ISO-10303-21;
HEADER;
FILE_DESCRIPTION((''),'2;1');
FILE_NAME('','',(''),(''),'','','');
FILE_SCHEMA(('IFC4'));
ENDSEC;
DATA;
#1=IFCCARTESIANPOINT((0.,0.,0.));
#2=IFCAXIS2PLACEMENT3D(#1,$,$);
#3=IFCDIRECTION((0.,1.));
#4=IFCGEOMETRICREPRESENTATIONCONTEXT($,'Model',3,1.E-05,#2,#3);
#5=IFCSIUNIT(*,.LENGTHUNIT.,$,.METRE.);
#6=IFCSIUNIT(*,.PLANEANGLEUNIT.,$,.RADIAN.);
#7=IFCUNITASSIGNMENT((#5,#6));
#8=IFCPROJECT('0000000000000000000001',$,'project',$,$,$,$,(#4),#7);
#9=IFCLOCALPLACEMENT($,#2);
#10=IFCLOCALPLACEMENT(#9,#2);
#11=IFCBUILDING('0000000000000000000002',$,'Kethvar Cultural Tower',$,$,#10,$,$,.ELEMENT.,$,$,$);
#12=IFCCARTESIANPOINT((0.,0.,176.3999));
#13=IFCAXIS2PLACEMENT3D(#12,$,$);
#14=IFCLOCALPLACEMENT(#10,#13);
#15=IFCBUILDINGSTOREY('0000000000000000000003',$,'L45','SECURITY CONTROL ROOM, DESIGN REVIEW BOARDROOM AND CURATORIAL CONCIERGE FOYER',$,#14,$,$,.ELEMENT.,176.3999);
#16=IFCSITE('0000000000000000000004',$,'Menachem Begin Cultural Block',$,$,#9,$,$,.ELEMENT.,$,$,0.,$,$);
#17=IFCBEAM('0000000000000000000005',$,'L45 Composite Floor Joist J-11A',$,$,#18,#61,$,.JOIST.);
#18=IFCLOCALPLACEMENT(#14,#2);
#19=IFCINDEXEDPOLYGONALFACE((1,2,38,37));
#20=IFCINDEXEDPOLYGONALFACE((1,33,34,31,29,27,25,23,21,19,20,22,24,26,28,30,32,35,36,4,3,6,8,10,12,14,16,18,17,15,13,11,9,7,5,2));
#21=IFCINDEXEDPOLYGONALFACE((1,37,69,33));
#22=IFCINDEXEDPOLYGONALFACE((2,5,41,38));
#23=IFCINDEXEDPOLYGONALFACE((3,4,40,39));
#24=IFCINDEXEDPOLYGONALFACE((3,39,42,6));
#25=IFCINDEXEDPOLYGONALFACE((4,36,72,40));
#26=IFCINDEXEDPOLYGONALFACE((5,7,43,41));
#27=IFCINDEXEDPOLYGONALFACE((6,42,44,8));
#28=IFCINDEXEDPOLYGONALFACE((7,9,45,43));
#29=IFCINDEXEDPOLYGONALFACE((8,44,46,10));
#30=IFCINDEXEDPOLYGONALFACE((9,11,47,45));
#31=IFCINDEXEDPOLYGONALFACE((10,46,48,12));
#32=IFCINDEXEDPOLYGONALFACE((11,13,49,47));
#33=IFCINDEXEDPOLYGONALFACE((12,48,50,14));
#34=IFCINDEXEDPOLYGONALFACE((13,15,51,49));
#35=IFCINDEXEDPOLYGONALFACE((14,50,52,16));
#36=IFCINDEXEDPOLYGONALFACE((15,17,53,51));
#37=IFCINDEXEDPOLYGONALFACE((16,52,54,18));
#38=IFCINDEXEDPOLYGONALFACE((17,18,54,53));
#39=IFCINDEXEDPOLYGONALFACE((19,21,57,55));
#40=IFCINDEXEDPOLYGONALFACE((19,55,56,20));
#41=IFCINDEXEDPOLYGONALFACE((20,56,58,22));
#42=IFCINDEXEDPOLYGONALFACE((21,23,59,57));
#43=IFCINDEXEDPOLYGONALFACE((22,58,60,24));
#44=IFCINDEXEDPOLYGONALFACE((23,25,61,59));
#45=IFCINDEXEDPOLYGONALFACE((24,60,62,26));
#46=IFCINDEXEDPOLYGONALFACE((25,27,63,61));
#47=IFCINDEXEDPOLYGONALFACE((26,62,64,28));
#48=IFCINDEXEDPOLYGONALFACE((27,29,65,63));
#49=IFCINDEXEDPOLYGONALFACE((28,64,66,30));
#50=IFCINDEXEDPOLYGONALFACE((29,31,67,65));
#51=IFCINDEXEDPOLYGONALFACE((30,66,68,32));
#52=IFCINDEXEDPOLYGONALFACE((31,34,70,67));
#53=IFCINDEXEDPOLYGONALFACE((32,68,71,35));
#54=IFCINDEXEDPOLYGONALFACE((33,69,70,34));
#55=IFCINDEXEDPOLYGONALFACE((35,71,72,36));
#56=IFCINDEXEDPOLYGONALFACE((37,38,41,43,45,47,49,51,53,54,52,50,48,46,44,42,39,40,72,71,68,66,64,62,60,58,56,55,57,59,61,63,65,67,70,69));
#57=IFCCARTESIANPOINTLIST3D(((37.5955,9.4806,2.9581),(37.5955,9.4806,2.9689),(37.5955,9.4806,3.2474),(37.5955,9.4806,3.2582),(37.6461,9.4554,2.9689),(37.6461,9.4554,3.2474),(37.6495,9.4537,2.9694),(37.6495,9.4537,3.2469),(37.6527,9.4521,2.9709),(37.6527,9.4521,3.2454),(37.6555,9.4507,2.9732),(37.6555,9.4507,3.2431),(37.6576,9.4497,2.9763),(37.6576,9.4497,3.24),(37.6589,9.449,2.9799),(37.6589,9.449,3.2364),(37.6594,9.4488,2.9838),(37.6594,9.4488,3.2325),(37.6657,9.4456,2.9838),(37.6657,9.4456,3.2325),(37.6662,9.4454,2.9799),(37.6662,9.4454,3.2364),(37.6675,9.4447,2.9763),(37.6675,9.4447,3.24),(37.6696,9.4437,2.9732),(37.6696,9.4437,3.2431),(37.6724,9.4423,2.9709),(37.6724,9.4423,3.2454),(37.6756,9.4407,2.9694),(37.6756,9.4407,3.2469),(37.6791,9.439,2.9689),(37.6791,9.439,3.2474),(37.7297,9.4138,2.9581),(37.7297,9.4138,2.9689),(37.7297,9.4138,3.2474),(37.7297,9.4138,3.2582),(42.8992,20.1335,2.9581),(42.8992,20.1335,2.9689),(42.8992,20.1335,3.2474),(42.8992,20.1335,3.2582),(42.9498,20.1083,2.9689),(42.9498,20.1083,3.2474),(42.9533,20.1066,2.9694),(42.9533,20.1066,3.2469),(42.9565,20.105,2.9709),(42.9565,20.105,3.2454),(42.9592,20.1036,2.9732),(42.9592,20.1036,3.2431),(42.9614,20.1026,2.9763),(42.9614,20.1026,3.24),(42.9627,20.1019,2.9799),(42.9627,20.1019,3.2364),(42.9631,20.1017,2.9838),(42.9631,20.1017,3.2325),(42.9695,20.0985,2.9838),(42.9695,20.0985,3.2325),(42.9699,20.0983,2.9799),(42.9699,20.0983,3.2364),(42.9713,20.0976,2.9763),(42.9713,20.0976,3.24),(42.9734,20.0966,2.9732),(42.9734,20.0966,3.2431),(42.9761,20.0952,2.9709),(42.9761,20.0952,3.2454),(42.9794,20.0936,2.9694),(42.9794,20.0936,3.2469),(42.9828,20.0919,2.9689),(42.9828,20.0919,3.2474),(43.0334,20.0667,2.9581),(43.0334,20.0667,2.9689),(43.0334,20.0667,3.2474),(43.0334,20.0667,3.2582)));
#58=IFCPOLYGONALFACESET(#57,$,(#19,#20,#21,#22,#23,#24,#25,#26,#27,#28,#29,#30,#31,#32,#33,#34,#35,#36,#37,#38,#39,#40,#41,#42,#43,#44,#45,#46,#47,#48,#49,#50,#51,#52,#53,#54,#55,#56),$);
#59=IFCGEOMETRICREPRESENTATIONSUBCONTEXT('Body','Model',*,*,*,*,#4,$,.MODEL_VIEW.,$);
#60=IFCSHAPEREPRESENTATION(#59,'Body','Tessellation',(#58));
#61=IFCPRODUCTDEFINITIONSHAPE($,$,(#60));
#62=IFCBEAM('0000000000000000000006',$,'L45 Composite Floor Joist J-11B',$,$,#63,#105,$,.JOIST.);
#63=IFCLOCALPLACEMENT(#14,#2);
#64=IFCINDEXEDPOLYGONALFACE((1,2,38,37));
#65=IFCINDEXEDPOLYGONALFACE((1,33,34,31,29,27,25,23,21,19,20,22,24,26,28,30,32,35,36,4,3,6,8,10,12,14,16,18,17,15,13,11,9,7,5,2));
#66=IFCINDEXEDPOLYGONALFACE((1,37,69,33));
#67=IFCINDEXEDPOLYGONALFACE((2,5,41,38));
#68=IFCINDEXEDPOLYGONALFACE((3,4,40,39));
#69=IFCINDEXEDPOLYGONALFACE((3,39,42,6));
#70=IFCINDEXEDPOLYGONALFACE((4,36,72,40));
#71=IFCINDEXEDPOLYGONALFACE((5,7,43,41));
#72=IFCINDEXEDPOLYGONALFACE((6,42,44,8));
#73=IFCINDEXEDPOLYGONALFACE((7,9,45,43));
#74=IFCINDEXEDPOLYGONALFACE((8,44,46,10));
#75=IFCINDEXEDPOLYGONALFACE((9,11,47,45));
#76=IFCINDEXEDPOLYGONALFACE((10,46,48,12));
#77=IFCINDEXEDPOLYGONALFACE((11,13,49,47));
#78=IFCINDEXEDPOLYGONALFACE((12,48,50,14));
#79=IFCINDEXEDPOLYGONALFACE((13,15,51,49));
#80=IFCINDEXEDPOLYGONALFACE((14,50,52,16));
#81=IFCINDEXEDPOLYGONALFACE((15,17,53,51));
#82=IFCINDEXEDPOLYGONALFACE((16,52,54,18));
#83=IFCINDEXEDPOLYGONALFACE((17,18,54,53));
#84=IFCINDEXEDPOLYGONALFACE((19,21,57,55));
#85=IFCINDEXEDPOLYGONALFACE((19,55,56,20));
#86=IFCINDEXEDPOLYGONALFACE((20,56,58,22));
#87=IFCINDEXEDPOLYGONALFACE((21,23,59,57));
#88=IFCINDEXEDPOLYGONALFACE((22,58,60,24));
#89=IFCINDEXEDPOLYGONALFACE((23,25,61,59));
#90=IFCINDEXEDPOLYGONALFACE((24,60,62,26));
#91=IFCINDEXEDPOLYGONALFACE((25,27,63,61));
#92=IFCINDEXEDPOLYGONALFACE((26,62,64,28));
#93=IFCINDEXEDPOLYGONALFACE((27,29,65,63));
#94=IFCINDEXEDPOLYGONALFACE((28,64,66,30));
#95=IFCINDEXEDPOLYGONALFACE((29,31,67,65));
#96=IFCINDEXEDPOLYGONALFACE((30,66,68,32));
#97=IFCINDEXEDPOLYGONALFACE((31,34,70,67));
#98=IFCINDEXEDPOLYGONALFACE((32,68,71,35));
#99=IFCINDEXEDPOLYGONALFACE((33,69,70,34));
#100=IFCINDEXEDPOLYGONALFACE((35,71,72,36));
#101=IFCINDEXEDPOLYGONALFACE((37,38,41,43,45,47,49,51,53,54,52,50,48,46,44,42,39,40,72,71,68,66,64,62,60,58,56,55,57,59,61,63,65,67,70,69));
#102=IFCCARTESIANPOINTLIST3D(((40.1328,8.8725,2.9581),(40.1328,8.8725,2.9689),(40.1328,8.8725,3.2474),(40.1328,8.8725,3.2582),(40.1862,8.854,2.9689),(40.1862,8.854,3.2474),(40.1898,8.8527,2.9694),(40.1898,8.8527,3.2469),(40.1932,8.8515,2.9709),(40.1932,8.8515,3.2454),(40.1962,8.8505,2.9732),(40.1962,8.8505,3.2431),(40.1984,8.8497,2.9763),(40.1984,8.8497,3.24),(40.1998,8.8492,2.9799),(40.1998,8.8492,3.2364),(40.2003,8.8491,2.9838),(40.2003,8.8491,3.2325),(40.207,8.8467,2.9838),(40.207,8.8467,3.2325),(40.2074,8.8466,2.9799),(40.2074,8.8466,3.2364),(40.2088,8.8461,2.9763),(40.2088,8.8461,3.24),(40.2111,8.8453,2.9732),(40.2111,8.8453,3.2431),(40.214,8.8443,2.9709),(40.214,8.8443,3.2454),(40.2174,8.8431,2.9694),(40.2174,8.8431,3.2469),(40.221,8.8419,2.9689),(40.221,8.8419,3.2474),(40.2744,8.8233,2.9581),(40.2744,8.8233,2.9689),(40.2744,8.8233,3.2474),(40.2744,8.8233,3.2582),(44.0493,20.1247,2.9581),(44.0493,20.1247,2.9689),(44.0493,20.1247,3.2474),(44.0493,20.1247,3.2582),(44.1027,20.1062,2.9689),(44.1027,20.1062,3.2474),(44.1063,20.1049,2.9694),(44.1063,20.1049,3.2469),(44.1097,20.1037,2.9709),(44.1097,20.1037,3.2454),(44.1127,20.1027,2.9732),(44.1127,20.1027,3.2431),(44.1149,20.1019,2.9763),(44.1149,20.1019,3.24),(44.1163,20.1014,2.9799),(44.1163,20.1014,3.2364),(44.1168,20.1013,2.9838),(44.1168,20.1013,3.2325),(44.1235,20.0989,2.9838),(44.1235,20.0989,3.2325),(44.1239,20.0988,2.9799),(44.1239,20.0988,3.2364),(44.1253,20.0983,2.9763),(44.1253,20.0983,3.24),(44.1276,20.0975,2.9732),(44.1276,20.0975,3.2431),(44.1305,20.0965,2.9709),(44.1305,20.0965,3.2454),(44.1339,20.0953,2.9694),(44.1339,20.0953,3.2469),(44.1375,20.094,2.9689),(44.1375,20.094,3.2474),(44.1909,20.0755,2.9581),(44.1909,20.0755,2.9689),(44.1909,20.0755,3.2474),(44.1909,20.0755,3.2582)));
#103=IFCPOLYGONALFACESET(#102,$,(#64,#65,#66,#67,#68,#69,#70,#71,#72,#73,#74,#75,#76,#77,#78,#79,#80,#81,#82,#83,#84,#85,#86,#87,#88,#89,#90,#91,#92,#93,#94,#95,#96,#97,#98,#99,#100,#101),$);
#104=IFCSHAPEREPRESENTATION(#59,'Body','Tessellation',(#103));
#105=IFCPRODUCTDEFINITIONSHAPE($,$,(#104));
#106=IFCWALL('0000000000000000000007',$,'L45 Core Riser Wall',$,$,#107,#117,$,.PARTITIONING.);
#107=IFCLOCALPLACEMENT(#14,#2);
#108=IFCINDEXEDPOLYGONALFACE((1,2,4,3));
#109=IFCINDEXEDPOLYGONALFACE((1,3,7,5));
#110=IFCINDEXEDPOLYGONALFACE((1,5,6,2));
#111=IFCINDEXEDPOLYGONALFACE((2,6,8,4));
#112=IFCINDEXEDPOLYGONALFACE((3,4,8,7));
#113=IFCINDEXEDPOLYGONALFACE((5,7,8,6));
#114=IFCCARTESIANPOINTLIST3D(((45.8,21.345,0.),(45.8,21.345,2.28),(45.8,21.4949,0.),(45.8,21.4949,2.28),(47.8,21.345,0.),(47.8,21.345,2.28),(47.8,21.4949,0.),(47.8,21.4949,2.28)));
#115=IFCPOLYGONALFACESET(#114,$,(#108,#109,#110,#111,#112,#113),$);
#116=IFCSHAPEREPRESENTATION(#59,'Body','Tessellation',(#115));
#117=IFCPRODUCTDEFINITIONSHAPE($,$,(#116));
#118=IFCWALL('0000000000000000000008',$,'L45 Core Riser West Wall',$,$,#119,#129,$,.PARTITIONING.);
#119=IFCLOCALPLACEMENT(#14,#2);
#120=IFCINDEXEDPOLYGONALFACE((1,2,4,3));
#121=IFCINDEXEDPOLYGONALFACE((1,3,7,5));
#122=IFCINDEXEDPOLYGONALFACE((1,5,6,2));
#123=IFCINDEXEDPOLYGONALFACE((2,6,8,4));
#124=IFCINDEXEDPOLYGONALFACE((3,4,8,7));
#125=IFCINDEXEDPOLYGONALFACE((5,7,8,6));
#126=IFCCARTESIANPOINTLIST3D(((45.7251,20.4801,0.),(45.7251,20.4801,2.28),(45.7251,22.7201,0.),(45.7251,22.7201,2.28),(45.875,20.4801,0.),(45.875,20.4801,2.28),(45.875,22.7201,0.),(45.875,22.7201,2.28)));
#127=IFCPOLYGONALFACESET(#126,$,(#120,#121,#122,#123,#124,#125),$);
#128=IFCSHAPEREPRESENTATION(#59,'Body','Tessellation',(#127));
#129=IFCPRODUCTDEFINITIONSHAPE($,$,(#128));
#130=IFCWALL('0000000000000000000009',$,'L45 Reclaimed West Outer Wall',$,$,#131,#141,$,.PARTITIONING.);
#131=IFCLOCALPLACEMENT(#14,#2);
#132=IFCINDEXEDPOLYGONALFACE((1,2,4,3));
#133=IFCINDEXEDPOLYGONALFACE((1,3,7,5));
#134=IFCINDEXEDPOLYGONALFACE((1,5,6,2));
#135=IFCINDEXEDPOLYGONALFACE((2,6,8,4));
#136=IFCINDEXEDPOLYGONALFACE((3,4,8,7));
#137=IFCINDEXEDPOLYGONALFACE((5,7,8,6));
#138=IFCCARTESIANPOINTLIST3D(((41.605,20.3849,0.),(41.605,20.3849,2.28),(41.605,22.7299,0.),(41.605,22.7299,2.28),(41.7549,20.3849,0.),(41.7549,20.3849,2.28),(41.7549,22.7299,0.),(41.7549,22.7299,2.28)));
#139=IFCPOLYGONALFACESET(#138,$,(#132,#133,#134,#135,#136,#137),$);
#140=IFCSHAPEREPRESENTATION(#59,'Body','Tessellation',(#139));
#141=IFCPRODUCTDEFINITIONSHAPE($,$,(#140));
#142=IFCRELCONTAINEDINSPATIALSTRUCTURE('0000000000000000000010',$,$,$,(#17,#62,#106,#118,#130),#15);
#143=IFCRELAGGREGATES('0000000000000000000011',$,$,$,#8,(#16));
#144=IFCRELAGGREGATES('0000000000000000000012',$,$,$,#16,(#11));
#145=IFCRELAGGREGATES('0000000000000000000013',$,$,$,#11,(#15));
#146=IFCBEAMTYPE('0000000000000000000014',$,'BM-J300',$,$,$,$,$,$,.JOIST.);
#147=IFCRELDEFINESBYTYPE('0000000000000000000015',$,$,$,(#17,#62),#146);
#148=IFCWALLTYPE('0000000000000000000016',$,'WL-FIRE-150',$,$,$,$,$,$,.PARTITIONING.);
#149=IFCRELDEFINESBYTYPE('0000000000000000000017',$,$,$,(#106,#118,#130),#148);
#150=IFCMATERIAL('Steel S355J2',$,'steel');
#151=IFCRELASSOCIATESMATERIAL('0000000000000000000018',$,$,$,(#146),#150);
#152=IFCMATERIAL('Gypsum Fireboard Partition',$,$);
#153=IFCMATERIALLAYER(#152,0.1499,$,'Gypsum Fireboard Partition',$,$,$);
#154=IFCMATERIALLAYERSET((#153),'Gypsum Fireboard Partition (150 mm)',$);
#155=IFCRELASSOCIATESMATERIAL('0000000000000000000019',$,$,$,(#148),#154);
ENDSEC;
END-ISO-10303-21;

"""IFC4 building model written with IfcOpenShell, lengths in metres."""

from ifc_helpers import new_model, si_unit, direction, frame, frame_2d, origin, origin_2d, place, context, subcontext, project, spatial, rectangle, i_section, extrude, source, transform, mapped, material, layer, layer_set, material_profile, profile_set, type_object, element, save


model = new_model("IFC4")

# Units and contexts
model_context = context("Model", 3, precision=1e-05, world=origin(), true_north=direction((0.0, 1.0)))
body_context = subcontext(model_context, "Body", "Model", "MODEL_VIEW")
ifc_project = project(units=[si_unit("LENGTHUNIT", "METRE"), si_unit("PLANEANGLEUNIT", "RADIAN")], contexts=[model_context])

# Site, building, storey
site_placement = place(None, origin())
site = spatial("IfcSite", under=ifc_project, at=site_placement, Name="Menachem Begin Cultural Block", CompositionType="ELEMENT", RefElevation=0.0)
building_placement = place(site_placement, origin())
building = spatial("IfcBuilding", under=site, at=building_placement, Name="Kethvar Cultural Tower", CompositionType="ELEMENT")
storey_placement = place(building_placement, frame((0.0, 0.0, 176.3999)))
storey = spatial("IfcBuildingStorey", under=building, at=storey_placement, Name="L45", Description="SECURITY CONTROL ROOM, DESIGN REVIEW BOARDROOM AND CURATORIAL CONCIERGE FOYER", CompositionType="ELEMENT", Elevation=176.3999)

# Beams
ifc_material_1 = material(Name="Steel S355J2", Category="steel")
ifc_material_profile_1 = material_profile(ifc_material_1, i_section(OverallWidth=0.1499, OverallDepth=0.3, WebThickness=0.0071, FlangeThickness=0.0107, FilletRadius=0.0149, at=origin_2d()), Name="Steel S355J2 — IPE300")
ifc_profile_set_1 = profile_set([ifc_material_profile_1], Name="Steel S355J2 — IPE300")
beam_type_1 = type_object("IfcBeamType", Name="BM-J300", PredefinedType="JOIST", material=ifc_profile_set_1)
shared_shape_1 = source(origin(), body_context, "Body", "SweptSolid", [
    extrude(i_section(OverallWidth=0.1499, OverallDepth=0.3, WebThickness=0.0071, FlangeThickness=0.0107, FilletRadius=0.0149, at=origin_2d()), origin(), (0.0, 0.0, 1.0), 11.9001),
])
beam_1_placement = place(storey_placement, frame((42.9663, 20.1001, 3.1082), z_axis=(-0.445687, -0.895189, 0.0), x_axis=(0.895189, -0.445687, 0.0)))
element("IfcBeam", 1, at=beam_1_placement, inside=storey, type_object=beam_type_1, Name="L45 Composite Floor Joist J-11A", PredefinedType="JOIST", context=body_context, shape_type="MappedRepresentation", body=[
    mapped(shared_shape_1, transform((0.0, 0.0, 0.0), scale=1.0)),
])
shared_shape_2 = source(origin(), body_context, "Body", "SweptSolid", [
    extrude(i_section(OverallWidth=0.1499, OverallDepth=0.3, WebThickness=0.0071, FlangeThickness=0.0107, FilletRadius=0.0149, at=origin_2d()), origin(), (0.0, 0.0, 1.0), 11.9143),
])
beam_2_placement = place(storey_placement, frame((44.1201, 20.1001, 3.1082), z_axis=(-0.328722, -0.944427, 0.0), x_axis=(0.944427, -0.328722, 0.0)))
element("IfcBeam", 2, at=beam_2_placement, inside=storey, type_object=beam_type_1, Name="L45 Composite Floor Joist J-11B", PredefinedType="JOIST", context=body_context, shape_type="MappedRepresentation", body=[
    mapped(shared_shape_2, transform((0.0, 0.0, 0.0), scale=1.0)),
])

# Walls
ifc_material_2 = material(Name="Gypsum Fireboard Partition")
ifc_layer_1 = layer(ifc_material_2, 0.1499, Name="Gypsum Fireboard Partition")
ifc_layer_set_1 = layer_set([ifc_layer_1], Name="Gypsum Fireboard Partition (150 mm)")
wall_type_1 = type_object("IfcWallType", Name="WL-FIRE-150", PredefinedType="PARTITIONING", material=ifc_layer_set_1)
wall_1_placement = place(storey_placement, frame((45.8, 21.4199, 0.0), z_axis=(0.0, 0.0, 1.0), x_axis=(1.0, 0.0, 0.0)))
element("IfcWall", 3, at=wall_1_placement, inside=storey, type_object=wall_type_1, Name="L45 Core Riser Wall", PredefinedType="PARTITIONING", context=body_context, shape_type="SweptSolid", body=[
    extrude(rectangle(XDim=2.0, YDim=0.1499, at=frame_2d((1.0, 0.0))), origin(), (0.0, 0.0, 1.0), 2.28),
])
wall_2_placement = place(storey_placement, frame((45.8, 20.48, 0.0), z_axis=(0.0, 0.0, 1.0), x_axis=(0.0, 1.0, 0.0)))
element("IfcWall", 4, at=wall_2_placement, inside=storey, type_object=wall_type_1, Name="L45 Core Riser West Wall", PredefinedType="PARTITIONING", context=body_context, shape_type="SweptSolid", body=[
    extrude(rectangle(XDim=2.24, YDim=0.1499, at=frame_2d((1.1201, 0.0))), origin(), (0.0, 0.0, 1.0), 2.28),
])
wall_3_placement = place(storey_placement, frame((41.6799, 20.385, 0.0), z_axis=(0.0, 0.0, 1.0), x_axis=(0.0, 1.0, 0.0)))
element("IfcWall", 5, at=wall_3_placement, inside=storey, type_object=wall_type_1, Name="L45 Reclaimed West Outer Wall", PredefinedType="PARTITIONING", context=body_context, shape_type="SweptSolid", body=[
    extrude(rectangle(XDim=2.345, YDim=0.1499, at=frame_2d((1.1724, 0.0))), origin(), (0.0, 0.0, 1.0), 2.28),
])

save(model, "model.ifc")
